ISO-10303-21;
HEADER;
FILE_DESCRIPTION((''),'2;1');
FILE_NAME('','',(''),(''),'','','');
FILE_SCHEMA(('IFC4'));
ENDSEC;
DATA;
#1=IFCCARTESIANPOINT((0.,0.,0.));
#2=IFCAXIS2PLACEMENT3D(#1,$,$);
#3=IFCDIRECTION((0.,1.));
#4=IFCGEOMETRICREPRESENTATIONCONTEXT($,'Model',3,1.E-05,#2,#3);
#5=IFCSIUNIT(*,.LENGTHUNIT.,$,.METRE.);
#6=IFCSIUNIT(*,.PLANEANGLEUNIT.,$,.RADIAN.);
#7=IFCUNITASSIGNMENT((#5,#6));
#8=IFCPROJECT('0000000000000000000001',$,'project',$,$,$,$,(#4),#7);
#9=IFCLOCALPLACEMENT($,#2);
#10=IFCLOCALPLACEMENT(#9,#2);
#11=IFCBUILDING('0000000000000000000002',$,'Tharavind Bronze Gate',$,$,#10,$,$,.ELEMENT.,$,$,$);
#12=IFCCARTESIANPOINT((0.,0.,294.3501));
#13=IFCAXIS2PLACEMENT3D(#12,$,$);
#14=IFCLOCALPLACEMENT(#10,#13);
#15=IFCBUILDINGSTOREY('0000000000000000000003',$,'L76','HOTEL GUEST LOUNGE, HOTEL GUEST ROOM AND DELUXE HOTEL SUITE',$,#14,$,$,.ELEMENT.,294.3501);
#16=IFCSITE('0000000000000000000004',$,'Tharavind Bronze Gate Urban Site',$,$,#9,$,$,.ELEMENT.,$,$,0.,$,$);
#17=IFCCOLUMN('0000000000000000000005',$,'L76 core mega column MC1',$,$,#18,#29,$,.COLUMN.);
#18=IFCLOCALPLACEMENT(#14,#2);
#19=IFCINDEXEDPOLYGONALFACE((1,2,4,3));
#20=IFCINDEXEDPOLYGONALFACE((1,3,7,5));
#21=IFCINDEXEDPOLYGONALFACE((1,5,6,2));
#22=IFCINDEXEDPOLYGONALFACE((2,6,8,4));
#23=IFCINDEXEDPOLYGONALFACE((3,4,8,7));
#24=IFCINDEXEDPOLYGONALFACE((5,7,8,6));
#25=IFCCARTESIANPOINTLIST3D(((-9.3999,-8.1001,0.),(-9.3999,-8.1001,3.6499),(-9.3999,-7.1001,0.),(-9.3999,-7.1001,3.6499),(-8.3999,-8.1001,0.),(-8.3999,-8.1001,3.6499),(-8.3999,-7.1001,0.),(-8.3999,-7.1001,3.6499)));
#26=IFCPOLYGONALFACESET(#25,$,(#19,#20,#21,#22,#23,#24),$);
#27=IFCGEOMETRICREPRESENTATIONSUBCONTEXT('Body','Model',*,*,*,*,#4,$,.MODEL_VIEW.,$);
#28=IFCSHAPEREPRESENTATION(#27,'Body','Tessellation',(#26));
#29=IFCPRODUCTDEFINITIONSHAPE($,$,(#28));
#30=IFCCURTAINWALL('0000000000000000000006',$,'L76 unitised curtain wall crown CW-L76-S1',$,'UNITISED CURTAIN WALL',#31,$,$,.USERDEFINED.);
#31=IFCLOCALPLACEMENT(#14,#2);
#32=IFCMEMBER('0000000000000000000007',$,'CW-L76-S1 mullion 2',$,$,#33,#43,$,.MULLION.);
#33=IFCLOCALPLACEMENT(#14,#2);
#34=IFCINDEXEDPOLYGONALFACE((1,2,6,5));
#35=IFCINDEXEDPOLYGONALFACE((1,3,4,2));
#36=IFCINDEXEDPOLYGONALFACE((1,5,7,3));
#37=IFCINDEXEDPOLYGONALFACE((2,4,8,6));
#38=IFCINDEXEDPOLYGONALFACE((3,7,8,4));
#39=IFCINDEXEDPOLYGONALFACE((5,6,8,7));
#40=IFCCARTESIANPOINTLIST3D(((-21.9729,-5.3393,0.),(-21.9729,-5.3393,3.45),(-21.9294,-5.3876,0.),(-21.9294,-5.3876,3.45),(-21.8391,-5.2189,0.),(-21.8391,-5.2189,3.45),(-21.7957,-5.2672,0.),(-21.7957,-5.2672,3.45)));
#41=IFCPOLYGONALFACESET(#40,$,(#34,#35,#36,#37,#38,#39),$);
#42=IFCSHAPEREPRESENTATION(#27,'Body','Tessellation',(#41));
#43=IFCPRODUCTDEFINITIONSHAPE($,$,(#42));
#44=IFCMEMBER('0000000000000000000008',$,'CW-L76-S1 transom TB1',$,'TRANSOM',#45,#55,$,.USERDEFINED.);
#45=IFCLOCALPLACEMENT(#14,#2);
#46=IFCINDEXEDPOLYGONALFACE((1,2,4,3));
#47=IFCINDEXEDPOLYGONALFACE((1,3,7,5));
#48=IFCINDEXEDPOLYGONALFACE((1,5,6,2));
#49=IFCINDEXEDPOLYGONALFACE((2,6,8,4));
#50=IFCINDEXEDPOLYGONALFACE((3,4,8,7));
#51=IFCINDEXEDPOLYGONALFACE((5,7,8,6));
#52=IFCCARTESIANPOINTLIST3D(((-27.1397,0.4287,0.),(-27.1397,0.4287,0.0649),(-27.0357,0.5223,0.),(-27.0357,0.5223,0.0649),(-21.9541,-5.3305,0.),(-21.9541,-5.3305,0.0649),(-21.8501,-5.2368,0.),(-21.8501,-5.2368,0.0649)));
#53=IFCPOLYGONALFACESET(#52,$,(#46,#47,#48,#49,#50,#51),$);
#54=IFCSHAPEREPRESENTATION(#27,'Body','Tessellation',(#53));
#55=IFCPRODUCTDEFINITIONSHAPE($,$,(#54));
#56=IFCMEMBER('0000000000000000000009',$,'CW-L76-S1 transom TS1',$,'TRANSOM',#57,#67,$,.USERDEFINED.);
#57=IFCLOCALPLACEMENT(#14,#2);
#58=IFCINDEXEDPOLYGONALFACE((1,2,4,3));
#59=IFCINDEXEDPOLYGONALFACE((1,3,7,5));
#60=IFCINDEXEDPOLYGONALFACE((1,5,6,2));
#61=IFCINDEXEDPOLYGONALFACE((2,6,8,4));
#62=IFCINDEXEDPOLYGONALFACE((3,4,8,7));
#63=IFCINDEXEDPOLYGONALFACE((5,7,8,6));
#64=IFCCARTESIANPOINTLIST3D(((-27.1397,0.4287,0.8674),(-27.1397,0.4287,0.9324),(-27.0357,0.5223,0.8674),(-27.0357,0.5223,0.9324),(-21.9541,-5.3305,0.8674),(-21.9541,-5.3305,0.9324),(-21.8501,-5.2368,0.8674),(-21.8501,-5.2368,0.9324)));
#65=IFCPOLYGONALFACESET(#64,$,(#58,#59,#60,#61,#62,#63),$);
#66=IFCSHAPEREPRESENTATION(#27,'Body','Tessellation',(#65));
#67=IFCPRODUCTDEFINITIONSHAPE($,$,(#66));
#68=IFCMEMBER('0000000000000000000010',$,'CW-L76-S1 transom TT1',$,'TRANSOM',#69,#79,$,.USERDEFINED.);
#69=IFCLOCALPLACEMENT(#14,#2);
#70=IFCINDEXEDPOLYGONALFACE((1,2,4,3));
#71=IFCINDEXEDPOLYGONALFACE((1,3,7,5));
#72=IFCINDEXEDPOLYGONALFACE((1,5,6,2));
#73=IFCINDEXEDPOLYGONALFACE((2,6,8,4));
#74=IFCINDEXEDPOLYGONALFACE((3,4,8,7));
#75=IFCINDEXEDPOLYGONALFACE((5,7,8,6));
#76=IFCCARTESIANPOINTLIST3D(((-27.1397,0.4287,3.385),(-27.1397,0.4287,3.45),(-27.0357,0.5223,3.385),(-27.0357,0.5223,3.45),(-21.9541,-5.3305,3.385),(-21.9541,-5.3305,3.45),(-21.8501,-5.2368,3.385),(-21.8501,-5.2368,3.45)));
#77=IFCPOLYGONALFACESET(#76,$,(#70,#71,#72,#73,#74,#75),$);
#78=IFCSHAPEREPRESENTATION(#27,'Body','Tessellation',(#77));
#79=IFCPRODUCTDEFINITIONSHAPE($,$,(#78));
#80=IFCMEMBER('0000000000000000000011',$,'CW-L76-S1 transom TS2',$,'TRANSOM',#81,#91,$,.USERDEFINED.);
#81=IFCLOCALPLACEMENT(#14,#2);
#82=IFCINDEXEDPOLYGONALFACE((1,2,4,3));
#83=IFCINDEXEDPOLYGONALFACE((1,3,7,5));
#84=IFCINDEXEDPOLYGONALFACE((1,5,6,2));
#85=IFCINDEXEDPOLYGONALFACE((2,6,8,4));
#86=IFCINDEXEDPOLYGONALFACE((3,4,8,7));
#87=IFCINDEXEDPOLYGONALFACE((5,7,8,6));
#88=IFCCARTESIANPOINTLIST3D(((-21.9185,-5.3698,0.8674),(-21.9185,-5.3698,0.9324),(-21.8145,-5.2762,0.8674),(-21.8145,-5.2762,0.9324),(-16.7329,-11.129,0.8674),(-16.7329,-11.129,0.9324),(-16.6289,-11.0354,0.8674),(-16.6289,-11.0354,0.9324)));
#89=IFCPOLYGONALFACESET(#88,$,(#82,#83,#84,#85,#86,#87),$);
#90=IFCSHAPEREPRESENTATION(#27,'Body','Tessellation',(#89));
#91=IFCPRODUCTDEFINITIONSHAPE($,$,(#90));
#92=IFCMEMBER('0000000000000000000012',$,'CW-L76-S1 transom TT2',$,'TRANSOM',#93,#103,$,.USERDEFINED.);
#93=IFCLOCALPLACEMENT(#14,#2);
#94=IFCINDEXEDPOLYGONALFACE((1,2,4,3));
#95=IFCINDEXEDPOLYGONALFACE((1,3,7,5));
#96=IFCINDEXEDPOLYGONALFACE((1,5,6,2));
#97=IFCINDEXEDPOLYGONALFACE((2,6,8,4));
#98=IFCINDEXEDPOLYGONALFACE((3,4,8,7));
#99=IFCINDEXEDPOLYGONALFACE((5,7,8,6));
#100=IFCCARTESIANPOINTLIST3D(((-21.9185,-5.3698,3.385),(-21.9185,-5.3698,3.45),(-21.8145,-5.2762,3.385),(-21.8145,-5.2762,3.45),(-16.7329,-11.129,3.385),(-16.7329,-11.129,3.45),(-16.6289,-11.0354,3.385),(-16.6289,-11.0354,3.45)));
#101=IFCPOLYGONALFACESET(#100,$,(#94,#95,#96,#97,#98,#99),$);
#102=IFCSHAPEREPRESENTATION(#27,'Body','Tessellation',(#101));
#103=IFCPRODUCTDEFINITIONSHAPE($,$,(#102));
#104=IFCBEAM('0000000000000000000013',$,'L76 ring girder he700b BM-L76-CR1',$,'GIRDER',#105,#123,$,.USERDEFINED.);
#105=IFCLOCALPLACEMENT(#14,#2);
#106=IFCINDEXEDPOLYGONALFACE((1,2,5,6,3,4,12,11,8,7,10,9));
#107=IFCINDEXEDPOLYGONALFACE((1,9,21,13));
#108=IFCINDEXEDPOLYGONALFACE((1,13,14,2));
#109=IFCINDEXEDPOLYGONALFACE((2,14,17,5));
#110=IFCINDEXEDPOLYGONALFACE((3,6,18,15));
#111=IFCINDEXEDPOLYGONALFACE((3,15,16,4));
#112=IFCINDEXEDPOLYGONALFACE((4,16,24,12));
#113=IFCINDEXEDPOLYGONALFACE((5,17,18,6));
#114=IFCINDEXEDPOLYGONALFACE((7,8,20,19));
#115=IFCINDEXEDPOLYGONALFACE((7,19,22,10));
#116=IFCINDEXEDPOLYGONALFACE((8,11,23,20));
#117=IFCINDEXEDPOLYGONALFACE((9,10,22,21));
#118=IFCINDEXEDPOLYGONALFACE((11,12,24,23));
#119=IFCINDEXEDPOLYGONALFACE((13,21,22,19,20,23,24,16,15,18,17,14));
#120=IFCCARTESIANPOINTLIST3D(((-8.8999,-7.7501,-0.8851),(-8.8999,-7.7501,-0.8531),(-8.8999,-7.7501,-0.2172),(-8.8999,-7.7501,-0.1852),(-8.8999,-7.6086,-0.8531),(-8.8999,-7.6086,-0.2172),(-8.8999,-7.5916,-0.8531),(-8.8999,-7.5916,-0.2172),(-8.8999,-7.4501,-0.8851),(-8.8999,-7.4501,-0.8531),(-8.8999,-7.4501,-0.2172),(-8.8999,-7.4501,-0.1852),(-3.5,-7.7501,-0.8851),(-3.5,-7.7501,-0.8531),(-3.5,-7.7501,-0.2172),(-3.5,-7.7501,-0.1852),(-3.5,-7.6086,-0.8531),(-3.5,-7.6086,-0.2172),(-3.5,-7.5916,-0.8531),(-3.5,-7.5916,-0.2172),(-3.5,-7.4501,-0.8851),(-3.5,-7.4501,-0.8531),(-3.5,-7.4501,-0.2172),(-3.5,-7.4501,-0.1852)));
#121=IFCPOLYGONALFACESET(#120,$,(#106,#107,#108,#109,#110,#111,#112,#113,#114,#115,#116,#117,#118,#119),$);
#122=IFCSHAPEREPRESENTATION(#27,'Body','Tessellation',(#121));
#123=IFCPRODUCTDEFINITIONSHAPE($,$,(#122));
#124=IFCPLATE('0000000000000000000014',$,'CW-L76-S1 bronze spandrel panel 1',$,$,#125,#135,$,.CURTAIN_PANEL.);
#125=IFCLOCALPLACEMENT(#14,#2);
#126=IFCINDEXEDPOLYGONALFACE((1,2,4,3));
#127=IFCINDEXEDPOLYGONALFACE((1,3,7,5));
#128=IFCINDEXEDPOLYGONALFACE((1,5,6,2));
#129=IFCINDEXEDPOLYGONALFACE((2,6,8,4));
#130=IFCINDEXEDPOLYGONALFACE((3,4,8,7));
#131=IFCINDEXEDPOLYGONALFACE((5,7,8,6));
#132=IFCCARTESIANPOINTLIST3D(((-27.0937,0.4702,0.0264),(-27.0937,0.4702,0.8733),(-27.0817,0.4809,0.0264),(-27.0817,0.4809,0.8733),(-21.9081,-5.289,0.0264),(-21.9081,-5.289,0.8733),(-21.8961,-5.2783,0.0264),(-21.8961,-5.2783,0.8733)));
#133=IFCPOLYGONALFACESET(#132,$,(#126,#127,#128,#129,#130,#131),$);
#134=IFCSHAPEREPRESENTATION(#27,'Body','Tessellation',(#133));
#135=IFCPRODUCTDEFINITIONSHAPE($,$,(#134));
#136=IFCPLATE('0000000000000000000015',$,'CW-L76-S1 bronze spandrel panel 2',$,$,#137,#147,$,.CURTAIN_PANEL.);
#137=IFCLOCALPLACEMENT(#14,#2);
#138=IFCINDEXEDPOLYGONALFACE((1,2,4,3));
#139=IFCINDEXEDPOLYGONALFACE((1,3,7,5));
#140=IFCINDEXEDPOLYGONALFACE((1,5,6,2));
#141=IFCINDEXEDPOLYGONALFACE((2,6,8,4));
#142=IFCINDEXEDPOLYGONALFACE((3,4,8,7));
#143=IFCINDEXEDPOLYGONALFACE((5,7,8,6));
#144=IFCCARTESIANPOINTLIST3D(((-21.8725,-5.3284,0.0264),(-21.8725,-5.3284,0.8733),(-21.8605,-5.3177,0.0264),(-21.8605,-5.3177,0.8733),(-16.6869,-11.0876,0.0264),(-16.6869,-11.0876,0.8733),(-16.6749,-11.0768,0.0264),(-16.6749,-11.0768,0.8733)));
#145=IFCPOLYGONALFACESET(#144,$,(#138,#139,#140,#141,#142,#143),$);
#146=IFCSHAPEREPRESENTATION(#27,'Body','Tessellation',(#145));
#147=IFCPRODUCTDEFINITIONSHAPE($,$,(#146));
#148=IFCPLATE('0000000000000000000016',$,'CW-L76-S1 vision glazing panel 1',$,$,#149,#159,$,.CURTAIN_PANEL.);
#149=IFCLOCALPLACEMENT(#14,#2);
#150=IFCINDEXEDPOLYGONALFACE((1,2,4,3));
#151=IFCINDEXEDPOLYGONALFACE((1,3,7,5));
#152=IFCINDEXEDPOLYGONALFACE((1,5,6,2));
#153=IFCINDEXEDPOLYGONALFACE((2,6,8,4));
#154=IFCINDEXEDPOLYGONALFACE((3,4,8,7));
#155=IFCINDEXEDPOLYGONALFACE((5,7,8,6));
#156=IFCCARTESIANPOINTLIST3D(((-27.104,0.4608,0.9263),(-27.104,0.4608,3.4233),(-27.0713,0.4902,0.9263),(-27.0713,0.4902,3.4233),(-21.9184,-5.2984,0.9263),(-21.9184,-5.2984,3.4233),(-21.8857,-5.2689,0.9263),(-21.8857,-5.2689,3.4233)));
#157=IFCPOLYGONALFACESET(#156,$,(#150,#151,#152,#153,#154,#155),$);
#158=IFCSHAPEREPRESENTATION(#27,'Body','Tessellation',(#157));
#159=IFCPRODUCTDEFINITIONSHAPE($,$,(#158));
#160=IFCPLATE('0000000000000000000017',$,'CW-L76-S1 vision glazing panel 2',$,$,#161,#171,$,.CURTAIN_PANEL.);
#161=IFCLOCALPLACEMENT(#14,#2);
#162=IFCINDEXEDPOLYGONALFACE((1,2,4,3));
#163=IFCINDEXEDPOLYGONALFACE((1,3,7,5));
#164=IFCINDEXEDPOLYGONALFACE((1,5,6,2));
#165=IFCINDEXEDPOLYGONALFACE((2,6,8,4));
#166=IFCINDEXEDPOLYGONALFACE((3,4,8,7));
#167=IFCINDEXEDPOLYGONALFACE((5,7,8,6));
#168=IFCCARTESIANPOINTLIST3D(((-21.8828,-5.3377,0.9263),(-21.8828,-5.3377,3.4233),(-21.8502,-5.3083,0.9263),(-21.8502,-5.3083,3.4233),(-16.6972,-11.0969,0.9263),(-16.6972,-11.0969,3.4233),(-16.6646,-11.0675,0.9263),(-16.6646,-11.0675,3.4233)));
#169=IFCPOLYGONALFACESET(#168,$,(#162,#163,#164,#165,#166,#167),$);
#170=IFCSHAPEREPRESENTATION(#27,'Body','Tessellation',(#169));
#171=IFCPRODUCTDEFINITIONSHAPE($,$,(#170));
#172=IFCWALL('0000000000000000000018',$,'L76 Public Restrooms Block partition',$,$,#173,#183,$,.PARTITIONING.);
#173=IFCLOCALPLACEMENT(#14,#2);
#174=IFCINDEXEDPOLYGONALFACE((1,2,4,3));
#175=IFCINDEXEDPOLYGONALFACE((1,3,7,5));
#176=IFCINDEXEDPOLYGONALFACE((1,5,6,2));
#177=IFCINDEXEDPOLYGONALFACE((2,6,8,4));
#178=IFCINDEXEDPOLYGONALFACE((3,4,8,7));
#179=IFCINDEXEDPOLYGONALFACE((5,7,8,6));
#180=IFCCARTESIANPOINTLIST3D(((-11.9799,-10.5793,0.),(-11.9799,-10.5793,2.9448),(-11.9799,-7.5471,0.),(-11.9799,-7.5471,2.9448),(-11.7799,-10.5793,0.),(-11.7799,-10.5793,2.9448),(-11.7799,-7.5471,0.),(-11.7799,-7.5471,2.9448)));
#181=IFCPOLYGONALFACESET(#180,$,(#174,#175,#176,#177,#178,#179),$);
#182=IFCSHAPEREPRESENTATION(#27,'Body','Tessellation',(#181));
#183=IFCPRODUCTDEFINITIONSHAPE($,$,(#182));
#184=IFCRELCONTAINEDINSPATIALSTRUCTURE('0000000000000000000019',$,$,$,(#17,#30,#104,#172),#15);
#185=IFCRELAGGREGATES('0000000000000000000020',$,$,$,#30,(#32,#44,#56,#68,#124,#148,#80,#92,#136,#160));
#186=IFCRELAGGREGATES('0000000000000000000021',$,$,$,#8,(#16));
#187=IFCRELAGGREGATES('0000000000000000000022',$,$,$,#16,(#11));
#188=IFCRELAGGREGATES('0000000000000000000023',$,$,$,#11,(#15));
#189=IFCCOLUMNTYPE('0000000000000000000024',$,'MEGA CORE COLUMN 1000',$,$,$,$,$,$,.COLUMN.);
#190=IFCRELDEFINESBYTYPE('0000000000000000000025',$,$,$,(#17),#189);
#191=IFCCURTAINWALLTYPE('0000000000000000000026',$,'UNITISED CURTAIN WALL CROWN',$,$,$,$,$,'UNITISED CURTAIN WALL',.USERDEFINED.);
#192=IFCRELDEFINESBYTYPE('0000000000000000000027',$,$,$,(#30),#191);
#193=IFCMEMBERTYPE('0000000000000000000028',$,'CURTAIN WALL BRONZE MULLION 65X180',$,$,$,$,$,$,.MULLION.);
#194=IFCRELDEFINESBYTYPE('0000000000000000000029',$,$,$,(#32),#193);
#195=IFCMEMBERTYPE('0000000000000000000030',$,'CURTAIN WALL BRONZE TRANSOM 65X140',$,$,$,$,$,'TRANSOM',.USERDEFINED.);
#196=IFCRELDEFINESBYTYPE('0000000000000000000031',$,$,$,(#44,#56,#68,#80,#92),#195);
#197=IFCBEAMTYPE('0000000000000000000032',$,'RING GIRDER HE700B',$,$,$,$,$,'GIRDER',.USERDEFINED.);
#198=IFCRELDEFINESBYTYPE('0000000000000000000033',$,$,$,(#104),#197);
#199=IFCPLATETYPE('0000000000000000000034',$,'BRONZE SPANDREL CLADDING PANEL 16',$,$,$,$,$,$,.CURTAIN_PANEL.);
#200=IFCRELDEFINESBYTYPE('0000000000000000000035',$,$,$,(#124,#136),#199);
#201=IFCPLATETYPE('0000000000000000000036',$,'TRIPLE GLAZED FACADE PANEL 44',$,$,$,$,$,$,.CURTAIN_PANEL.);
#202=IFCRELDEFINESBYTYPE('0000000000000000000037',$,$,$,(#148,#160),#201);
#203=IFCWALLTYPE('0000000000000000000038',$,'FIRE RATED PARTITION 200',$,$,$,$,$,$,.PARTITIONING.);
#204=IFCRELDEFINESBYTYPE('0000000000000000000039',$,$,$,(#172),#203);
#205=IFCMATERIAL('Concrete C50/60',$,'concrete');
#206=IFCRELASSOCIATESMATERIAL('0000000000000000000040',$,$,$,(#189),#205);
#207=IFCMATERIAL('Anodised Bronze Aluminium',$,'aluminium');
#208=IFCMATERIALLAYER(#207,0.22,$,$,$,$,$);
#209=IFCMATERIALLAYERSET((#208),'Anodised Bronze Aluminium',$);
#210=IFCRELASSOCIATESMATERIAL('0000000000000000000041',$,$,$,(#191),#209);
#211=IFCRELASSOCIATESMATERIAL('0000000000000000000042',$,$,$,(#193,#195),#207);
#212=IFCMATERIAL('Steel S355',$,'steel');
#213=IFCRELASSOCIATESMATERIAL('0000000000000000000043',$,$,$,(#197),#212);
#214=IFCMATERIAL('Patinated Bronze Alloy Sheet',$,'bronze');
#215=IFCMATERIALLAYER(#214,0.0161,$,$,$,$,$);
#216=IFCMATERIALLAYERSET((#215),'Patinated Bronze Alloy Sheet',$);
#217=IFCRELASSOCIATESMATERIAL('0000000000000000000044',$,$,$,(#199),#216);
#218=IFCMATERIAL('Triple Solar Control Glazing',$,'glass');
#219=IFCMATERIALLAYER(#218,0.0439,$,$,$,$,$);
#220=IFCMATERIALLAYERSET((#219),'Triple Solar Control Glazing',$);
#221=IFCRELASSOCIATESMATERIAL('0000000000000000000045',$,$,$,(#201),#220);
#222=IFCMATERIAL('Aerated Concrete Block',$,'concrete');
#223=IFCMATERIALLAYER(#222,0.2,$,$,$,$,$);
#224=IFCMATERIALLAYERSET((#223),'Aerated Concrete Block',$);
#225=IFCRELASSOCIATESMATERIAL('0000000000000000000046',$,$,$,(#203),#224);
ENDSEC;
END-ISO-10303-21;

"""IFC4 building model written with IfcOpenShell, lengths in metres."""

from ifc_helpers import new_model, si_unit, direction, frame, frame_2d, origin, origin_2d, place, context, subcontext, project, spatial, rectangle, i_section, extrude, material, layer, layer_set, material_profile, profile_set, type_object, element, aggregate, save


model = new_model("IFC4")

# Units and contexts
model_context = context("Model", 3, precision=1e-05, world=origin(), true_north=direction((0.0, 1.0)))
body_context = subcontext(model_context, "Body", "Model", "MODEL_VIEW")
ifc_project = project(units=[si_unit("LENGTHUNIT", "METRE"), si_unit("PLANEANGLEUNIT", "RADIAN")], contexts=[model_context])

# Site, building, storey
site_placement = place(None, origin())
site = spatial("IfcSite", under=ifc_project, at=site_placement, Name="Tharavind Bronze Gate Urban Site", CompositionType="ELEMENT", RefElevation=0.0)
building_placement = place(site_placement, origin())
building = spatial("IfcBuilding", under=site, at=building_placement, Name="Tharavind Bronze Gate", CompositionType="ELEMENT")
storey_placement = place(building_placement, frame((0.0, 0.0, 294.3501)))
storey = spatial("IfcBuildingStorey", under=building, at=storey_placement, Name="L76", Description="HOTEL GUEST LOUNGE, HOTEL GUEST ROOM AND DELUXE HOTEL SUITE", CompositionType="ELEMENT", Elevation=294.3501)

# Column
ifc_material_1 = material(Name="Concrete C50/60", Category="concrete")
ifc_material_profile_1 = material_profile(ifc_material_1, rectangle(XDim=1.0, YDim=1.0, at=origin_2d()), Name="RCCOL1000")
ifc_profile_set_1 = profile_set([ifc_material_profile_1], Name="Concrete C50/60")
column_type = type_object("IfcColumnType", Name="MEGA CORE COLUMN 1000", PredefinedType="COLUMN", material=ifc_profile_set_1)
column_placement = place(storey_placement, frame((-8.8999, -7.6001, 0.0), z_axis=(0.0, 0.0, 1.0), x_axis=(1.0, 0.0, 0.0)))
element("IfcColumn", 1, at=column_placement, inside=storey, type_object=column_type, Name="L76 core mega column MC1", PredefinedType="COLUMN", context=body_context, shape_type="SweptSolid", body=[
    extrude(rectangle(XDim=1.0, YDim=1.0, at=origin_2d()), origin(), (0.0, 0.0, 1.0), 3.6499),
])

# Curtain wall, members
ifc_material_2 = material(Name="Anodised Bronze Aluminium", Category="aluminium")
ifc_layer_1 = layer(ifc_material_2, 0.22)
ifc_layer_set_1 = layer_set([ifc_layer_1], Name="Anodised Bronze Aluminium")
curtain_wall_type = type_object("IfcCurtainWallType", Name="UNITISED CURTAIN WALL CROWN", ElementType="UNITISED CURTAIN WALL", PredefinedType="USERDEFINED", material=ifc_layer_set_1)
curtain_wall_placement = place(storey_placement, origin())
curtain_wall = element("IfcCurtainWall", 2, at=curtain_wall_placement, inside=storey, type_object=curtain_wall_type, Name="L76 unitised curtain wall crown CW-L76-S1", ObjectType="UNITISED CURTAIN WALL", PredefinedType="USERDEFINED")
member_type_1 = type_object("IfcMemberType", Name="CURTAIN WALL BRONZE MULLION 65X180", PredefinedType="MULLION", material=ifc_material_2)
member_1_placement = place(storey_placement, frame((-21.8843, -5.3032, 0.0), z_axis=(0.0, 0.0, 1.0), x_axis=(0.669131, -0.743145, 0.0)))
member_1 = element("IfcMember", 3, at=member_1_placement, type_object=member_type_1, Name="CW-L76-S1 mullion 2", PredefinedType="MULLION", context=body_context, shape_type="SweptSolid", body=[
    extrude(rectangle(XDim=0.0649, YDim=0.1799, at=origin_2d()), origin(), (0.0, 0.0, 1.0), 3.45),
])
member_type_2 = type_object("IfcMemberType", Name="CURTAIN WALL BRONZE TRANSOM 65X140", ElementType="TRANSOM", PredefinedType="USERDEFINED", material=ifc_material_2)
member_2_placement = place(storey_placement, frame((-24.4949, -2.4041, 0.0), z_axis=(0.0, 0.0, 1.0), x_axis=(0.669131, -0.743145, 0.0)))
member_2 = element("IfcMember", 4, at=member_2_placement, type_object=member_type_2, Name="CW-L76-S1 transom TB1", ObjectType="TRANSOM", PredefinedType="USERDEFINED", context=body_context, shape_type="SweptSolid", body=[
    extrude(rectangle(XDim=7.7498, YDim=0.1399, at=origin_2d()), origin(), (0.0, 0.0, 1.0), 0.0649),
])
member_3_placement = place(storey_placement, frame((-24.4949, -2.4041, 0.8674), z_axis=(0.0, 0.0, 1.0), x_axis=(0.669131, -0.743145, 0.0)))
member_3 = element("IfcMember", 5, at=member_3_placement, type_object=member_type_2, Name="CW-L76-S1 transom TS1", ObjectType="TRANSOM", PredefinedType="USERDEFINED", context=body_context, shape_type="SweptSolid", body=[
    extrude(rectangle(XDim=7.7498, YDim=0.1399, at=origin_2d()), origin(), (0.0, 0.0, 1.0), 0.0649),
])
member_4_placement = place(storey_placement, frame((-24.4949, -2.4041, 3.385), z_axis=(0.0, 0.0, 1.0), x_axis=(0.669131, -0.743145, 0.0)))
member_4 = element("IfcMember", 6, at=member_4_placement, type_object=member_type_2, Name="CW-L76-S1 transom TT1", ObjectType="TRANSOM", PredefinedType="USERDEFINED", context=body_context, shape_type="SweptSolid", body=[
    extrude(rectangle(XDim=7.7498, YDim=0.1399, at=origin_2d()), origin(), (0.0, 0.0, 1.0), 0.0649),
])
member_5_placement = place(storey_placement, frame((-19.2737, -8.2026, 0.8674), z_axis=(0.0, 0.0, 1.0), x_axis=(0.669131, -0.743145, 0.0)))
member_5 = element("IfcMember", 7, at=member_5_placement, type_object=member_type_2, Name="CW-L76-S1 transom TS2", ObjectType="TRANSOM", PredefinedType="USERDEFINED", context=body_context, shape_type="SweptSolid", body=[
    extrude(rectangle(XDim=7.7498, YDim=0.1399, at=origin_2d()), origin(), (0.0, 0.0, 1.0), 0.0649),
])
member_6_placement = place(storey_placement, frame((-19.2737, -8.2026, 3.385), z_axis=(0.0, 0.0, 1.0), x_axis=(0.669131, -0.743145, 0.0)))
member_6 = element("IfcMember", 8, at=member_6_placement, type_object=member_type_2, Name="CW-L76-S1 transom TT2", ObjectType="TRANSOM", PredefinedType="USERDEFINED", context=body_context, shape_type="SweptSolid", body=[
    extrude(rectangle(XDim=7.7498, YDim=0.1399, at=origin_2d()), origin(), (0.0, 0.0, 1.0), 0.0649),
])

# Beam
ifc_material_3 = material(Name="Steel S355", Category="steel")
ifc_material_profile_2 = material_profile(ifc_material_3, i_section(OverallWidth=0.3, OverallDepth=0.7, WebThickness=0.0171, FlangeThickness=0.032, at=origin_2d()), Name="HE700B")
ifc_profile_set_2 = profile_set([ifc_material_profile_2], Name="Steel S355")
beam_type = type_object("IfcBeamType", Name="RING GIRDER HE700B", ElementType="GIRDER", PredefinedType="USERDEFINED", material=ifc_profile_set_2)
beam_placement = place(storey_placement, frame((-8.8999, -7.6001, -0.5352), z_axis=(1.0, 0.0, 0.0), x_axis=(0.0, 1.0, 0.0)))
element("IfcBeam", 9, at=beam_placement, inside=storey, type_object=beam_type, Name="L76 ring girder he700b BM-L76-CR1", ObjectType="GIRDER", PredefinedType="USERDEFINED", context=body_context, shape_type="SweptSolid", body=[
    extrude(i_section(OverallWidth=0.3, OverallDepth=0.7, WebThickness=0.0171, FlangeThickness=0.032, at=origin_2d()), origin(), (0.0, 0.0, 1.0), 5.3999),
])

# Plates
ifc_material_4 = material(Name="Patinated Bronze Alloy Sheet", Category="bronze")
ifc_layer_2 = layer(ifc_material_4, 0.0161)
ifc_layer_set_2 = layer_set([ifc_layer_2], Name="Patinated Bronze Alloy Sheet")
plate_type_1 = type_object("IfcPlateType", Name="BRONZE SPANDREL CLADDING PANEL 16", PredefinedType="CURTAIN_PANEL", material=ifc_layer_set_2)
plate_1_placement = place(storey_placement, frame((-24.4949, -2.4041, 0.0264), z_axis=(0.0, 0.0, 1.0), x_axis=(0.669131, -0.743145, 0.0)))
plate_1 = element("IfcPlate", 10, at=plate_1_placement, type_object=plate_type_1, Name="CW-L76-S1 bronze spandrel panel 1", PredefinedType="CURTAIN_PANEL", context=body_context, shape_type="SweptSolid", body=[
    extrude(rectangle(XDim=7.7498, YDim=0.0161, at=origin_2d()), origin(), (0.0, 0.0, 1.0), 0.8469),
])
plate_2_placement = place(storey_placement, frame((-19.2737, -8.2026, 0.0264), z_axis=(0.0, 0.0, 1.0), x_axis=(0.669131, -0.743145, 0.0)))
plate_2 = element("IfcPlate", 11, at=plate_2_placement, type_object=plate_type_1, Name="CW-L76-S1 bronze spandrel panel 2", PredefinedType="CURTAIN_PANEL", context=body_context, shape_type="SweptSolid", body=[
    extrude(rectangle(XDim=7.7498, YDim=0.0161, at=origin_2d()), origin(), (0.0, 0.0, 1.0), 0.8469),
])
ifc_material_5 = material(Name="Triple Solar Control Glazing", Category="glass")
ifc_layer_3 = layer(ifc_material_5, 0.0439)
ifc_layer_set_3 = layer_set([ifc_layer_3], Name="Triple Solar Control Glazing")
plate_type_2 = type_object("IfcPlateType", Name="TRIPLE GLAZED FACADE PANEL 44", PredefinedType="CURTAIN_PANEL", material=ifc_layer_set_3)
plate_3_placement = place(storey_placement, frame((-24.4949, -2.4041, 0.9263), z_axis=(0.0, 0.0, 1.0), x_axis=(0.669131, -0.743145, 0.0)))
plate_3 = element("IfcPlate", 12, at=plate_3_placement, type_object=plate_type_2, Name="CW-L76-S1 vision glazing panel 1", PredefinedType="CURTAIN_PANEL", context=body_context, shape_type="SweptSolid", body=[
    extrude(rectangle(XDim=7.7498, YDim=0.0439, at=origin_2d()), origin(), (0.0, 0.0, 1.0), 2.4971),
])
plate_4_placement = place(storey_placement, frame((-19.2737, -8.2026, 0.9263), z_axis=(0.0, 0.0, 1.0), x_axis=(0.669131, -0.743145, 0.0)))
plate_4 = element("IfcPlate", 13, at=plate_4_placement, type_object=plate_type_2, Name="CW-L76-S1 vision glazing panel 2", PredefinedType="CURTAIN_PANEL", context=body_context, shape_type="SweptSolid", body=[
    extrude(rectangle(XDim=7.7498, YDim=0.0439, at=origin_2d()), origin(), (0.0, 0.0, 1.0), 2.4971),
])
aggregate(curtain_wall, [member_1, member_2, member_3, member_4, plate_1, plate_3, member_5, member_6, plate_2, plate_4])

# Wall
ifc_material_6 = material(Name="Aerated Concrete Block", Category="concrete")
ifc_layer_4 = layer(ifc_material_6, 0.2)
ifc_layer_set_4 = layer_set([ifc_layer_4], Name="Aerated Concrete Block")
wall_type_1 = type_object("IfcWallType", Name="FIRE RATED PARTITION 200", PredefinedType="PARTITIONING", material=ifc_layer_set_4)
wall_1_placement = place(storey_placement, frame((-11.8799, -7.5471, 0.0), z_axis=(0.0, 0.0, 1.0), x_axis=(0.0, -1.0, 0.0)))
element("IfcWall", 14, at=wall_1_placement, inside=storey, type_object=wall_type_1, Name="L76 Public Restrooms Block partition", PredefinedType="PARTITIONING", context=body_context, shape_type="SweptSolid", body=[
    extrude(rectangle(XDim=3.0322, YDim=0.2, at=frame_2d((1.5161, 0.0))), origin(), (0.0, 0.0, 1.0), 2.9448),
])

save(model, "model.ifc")
